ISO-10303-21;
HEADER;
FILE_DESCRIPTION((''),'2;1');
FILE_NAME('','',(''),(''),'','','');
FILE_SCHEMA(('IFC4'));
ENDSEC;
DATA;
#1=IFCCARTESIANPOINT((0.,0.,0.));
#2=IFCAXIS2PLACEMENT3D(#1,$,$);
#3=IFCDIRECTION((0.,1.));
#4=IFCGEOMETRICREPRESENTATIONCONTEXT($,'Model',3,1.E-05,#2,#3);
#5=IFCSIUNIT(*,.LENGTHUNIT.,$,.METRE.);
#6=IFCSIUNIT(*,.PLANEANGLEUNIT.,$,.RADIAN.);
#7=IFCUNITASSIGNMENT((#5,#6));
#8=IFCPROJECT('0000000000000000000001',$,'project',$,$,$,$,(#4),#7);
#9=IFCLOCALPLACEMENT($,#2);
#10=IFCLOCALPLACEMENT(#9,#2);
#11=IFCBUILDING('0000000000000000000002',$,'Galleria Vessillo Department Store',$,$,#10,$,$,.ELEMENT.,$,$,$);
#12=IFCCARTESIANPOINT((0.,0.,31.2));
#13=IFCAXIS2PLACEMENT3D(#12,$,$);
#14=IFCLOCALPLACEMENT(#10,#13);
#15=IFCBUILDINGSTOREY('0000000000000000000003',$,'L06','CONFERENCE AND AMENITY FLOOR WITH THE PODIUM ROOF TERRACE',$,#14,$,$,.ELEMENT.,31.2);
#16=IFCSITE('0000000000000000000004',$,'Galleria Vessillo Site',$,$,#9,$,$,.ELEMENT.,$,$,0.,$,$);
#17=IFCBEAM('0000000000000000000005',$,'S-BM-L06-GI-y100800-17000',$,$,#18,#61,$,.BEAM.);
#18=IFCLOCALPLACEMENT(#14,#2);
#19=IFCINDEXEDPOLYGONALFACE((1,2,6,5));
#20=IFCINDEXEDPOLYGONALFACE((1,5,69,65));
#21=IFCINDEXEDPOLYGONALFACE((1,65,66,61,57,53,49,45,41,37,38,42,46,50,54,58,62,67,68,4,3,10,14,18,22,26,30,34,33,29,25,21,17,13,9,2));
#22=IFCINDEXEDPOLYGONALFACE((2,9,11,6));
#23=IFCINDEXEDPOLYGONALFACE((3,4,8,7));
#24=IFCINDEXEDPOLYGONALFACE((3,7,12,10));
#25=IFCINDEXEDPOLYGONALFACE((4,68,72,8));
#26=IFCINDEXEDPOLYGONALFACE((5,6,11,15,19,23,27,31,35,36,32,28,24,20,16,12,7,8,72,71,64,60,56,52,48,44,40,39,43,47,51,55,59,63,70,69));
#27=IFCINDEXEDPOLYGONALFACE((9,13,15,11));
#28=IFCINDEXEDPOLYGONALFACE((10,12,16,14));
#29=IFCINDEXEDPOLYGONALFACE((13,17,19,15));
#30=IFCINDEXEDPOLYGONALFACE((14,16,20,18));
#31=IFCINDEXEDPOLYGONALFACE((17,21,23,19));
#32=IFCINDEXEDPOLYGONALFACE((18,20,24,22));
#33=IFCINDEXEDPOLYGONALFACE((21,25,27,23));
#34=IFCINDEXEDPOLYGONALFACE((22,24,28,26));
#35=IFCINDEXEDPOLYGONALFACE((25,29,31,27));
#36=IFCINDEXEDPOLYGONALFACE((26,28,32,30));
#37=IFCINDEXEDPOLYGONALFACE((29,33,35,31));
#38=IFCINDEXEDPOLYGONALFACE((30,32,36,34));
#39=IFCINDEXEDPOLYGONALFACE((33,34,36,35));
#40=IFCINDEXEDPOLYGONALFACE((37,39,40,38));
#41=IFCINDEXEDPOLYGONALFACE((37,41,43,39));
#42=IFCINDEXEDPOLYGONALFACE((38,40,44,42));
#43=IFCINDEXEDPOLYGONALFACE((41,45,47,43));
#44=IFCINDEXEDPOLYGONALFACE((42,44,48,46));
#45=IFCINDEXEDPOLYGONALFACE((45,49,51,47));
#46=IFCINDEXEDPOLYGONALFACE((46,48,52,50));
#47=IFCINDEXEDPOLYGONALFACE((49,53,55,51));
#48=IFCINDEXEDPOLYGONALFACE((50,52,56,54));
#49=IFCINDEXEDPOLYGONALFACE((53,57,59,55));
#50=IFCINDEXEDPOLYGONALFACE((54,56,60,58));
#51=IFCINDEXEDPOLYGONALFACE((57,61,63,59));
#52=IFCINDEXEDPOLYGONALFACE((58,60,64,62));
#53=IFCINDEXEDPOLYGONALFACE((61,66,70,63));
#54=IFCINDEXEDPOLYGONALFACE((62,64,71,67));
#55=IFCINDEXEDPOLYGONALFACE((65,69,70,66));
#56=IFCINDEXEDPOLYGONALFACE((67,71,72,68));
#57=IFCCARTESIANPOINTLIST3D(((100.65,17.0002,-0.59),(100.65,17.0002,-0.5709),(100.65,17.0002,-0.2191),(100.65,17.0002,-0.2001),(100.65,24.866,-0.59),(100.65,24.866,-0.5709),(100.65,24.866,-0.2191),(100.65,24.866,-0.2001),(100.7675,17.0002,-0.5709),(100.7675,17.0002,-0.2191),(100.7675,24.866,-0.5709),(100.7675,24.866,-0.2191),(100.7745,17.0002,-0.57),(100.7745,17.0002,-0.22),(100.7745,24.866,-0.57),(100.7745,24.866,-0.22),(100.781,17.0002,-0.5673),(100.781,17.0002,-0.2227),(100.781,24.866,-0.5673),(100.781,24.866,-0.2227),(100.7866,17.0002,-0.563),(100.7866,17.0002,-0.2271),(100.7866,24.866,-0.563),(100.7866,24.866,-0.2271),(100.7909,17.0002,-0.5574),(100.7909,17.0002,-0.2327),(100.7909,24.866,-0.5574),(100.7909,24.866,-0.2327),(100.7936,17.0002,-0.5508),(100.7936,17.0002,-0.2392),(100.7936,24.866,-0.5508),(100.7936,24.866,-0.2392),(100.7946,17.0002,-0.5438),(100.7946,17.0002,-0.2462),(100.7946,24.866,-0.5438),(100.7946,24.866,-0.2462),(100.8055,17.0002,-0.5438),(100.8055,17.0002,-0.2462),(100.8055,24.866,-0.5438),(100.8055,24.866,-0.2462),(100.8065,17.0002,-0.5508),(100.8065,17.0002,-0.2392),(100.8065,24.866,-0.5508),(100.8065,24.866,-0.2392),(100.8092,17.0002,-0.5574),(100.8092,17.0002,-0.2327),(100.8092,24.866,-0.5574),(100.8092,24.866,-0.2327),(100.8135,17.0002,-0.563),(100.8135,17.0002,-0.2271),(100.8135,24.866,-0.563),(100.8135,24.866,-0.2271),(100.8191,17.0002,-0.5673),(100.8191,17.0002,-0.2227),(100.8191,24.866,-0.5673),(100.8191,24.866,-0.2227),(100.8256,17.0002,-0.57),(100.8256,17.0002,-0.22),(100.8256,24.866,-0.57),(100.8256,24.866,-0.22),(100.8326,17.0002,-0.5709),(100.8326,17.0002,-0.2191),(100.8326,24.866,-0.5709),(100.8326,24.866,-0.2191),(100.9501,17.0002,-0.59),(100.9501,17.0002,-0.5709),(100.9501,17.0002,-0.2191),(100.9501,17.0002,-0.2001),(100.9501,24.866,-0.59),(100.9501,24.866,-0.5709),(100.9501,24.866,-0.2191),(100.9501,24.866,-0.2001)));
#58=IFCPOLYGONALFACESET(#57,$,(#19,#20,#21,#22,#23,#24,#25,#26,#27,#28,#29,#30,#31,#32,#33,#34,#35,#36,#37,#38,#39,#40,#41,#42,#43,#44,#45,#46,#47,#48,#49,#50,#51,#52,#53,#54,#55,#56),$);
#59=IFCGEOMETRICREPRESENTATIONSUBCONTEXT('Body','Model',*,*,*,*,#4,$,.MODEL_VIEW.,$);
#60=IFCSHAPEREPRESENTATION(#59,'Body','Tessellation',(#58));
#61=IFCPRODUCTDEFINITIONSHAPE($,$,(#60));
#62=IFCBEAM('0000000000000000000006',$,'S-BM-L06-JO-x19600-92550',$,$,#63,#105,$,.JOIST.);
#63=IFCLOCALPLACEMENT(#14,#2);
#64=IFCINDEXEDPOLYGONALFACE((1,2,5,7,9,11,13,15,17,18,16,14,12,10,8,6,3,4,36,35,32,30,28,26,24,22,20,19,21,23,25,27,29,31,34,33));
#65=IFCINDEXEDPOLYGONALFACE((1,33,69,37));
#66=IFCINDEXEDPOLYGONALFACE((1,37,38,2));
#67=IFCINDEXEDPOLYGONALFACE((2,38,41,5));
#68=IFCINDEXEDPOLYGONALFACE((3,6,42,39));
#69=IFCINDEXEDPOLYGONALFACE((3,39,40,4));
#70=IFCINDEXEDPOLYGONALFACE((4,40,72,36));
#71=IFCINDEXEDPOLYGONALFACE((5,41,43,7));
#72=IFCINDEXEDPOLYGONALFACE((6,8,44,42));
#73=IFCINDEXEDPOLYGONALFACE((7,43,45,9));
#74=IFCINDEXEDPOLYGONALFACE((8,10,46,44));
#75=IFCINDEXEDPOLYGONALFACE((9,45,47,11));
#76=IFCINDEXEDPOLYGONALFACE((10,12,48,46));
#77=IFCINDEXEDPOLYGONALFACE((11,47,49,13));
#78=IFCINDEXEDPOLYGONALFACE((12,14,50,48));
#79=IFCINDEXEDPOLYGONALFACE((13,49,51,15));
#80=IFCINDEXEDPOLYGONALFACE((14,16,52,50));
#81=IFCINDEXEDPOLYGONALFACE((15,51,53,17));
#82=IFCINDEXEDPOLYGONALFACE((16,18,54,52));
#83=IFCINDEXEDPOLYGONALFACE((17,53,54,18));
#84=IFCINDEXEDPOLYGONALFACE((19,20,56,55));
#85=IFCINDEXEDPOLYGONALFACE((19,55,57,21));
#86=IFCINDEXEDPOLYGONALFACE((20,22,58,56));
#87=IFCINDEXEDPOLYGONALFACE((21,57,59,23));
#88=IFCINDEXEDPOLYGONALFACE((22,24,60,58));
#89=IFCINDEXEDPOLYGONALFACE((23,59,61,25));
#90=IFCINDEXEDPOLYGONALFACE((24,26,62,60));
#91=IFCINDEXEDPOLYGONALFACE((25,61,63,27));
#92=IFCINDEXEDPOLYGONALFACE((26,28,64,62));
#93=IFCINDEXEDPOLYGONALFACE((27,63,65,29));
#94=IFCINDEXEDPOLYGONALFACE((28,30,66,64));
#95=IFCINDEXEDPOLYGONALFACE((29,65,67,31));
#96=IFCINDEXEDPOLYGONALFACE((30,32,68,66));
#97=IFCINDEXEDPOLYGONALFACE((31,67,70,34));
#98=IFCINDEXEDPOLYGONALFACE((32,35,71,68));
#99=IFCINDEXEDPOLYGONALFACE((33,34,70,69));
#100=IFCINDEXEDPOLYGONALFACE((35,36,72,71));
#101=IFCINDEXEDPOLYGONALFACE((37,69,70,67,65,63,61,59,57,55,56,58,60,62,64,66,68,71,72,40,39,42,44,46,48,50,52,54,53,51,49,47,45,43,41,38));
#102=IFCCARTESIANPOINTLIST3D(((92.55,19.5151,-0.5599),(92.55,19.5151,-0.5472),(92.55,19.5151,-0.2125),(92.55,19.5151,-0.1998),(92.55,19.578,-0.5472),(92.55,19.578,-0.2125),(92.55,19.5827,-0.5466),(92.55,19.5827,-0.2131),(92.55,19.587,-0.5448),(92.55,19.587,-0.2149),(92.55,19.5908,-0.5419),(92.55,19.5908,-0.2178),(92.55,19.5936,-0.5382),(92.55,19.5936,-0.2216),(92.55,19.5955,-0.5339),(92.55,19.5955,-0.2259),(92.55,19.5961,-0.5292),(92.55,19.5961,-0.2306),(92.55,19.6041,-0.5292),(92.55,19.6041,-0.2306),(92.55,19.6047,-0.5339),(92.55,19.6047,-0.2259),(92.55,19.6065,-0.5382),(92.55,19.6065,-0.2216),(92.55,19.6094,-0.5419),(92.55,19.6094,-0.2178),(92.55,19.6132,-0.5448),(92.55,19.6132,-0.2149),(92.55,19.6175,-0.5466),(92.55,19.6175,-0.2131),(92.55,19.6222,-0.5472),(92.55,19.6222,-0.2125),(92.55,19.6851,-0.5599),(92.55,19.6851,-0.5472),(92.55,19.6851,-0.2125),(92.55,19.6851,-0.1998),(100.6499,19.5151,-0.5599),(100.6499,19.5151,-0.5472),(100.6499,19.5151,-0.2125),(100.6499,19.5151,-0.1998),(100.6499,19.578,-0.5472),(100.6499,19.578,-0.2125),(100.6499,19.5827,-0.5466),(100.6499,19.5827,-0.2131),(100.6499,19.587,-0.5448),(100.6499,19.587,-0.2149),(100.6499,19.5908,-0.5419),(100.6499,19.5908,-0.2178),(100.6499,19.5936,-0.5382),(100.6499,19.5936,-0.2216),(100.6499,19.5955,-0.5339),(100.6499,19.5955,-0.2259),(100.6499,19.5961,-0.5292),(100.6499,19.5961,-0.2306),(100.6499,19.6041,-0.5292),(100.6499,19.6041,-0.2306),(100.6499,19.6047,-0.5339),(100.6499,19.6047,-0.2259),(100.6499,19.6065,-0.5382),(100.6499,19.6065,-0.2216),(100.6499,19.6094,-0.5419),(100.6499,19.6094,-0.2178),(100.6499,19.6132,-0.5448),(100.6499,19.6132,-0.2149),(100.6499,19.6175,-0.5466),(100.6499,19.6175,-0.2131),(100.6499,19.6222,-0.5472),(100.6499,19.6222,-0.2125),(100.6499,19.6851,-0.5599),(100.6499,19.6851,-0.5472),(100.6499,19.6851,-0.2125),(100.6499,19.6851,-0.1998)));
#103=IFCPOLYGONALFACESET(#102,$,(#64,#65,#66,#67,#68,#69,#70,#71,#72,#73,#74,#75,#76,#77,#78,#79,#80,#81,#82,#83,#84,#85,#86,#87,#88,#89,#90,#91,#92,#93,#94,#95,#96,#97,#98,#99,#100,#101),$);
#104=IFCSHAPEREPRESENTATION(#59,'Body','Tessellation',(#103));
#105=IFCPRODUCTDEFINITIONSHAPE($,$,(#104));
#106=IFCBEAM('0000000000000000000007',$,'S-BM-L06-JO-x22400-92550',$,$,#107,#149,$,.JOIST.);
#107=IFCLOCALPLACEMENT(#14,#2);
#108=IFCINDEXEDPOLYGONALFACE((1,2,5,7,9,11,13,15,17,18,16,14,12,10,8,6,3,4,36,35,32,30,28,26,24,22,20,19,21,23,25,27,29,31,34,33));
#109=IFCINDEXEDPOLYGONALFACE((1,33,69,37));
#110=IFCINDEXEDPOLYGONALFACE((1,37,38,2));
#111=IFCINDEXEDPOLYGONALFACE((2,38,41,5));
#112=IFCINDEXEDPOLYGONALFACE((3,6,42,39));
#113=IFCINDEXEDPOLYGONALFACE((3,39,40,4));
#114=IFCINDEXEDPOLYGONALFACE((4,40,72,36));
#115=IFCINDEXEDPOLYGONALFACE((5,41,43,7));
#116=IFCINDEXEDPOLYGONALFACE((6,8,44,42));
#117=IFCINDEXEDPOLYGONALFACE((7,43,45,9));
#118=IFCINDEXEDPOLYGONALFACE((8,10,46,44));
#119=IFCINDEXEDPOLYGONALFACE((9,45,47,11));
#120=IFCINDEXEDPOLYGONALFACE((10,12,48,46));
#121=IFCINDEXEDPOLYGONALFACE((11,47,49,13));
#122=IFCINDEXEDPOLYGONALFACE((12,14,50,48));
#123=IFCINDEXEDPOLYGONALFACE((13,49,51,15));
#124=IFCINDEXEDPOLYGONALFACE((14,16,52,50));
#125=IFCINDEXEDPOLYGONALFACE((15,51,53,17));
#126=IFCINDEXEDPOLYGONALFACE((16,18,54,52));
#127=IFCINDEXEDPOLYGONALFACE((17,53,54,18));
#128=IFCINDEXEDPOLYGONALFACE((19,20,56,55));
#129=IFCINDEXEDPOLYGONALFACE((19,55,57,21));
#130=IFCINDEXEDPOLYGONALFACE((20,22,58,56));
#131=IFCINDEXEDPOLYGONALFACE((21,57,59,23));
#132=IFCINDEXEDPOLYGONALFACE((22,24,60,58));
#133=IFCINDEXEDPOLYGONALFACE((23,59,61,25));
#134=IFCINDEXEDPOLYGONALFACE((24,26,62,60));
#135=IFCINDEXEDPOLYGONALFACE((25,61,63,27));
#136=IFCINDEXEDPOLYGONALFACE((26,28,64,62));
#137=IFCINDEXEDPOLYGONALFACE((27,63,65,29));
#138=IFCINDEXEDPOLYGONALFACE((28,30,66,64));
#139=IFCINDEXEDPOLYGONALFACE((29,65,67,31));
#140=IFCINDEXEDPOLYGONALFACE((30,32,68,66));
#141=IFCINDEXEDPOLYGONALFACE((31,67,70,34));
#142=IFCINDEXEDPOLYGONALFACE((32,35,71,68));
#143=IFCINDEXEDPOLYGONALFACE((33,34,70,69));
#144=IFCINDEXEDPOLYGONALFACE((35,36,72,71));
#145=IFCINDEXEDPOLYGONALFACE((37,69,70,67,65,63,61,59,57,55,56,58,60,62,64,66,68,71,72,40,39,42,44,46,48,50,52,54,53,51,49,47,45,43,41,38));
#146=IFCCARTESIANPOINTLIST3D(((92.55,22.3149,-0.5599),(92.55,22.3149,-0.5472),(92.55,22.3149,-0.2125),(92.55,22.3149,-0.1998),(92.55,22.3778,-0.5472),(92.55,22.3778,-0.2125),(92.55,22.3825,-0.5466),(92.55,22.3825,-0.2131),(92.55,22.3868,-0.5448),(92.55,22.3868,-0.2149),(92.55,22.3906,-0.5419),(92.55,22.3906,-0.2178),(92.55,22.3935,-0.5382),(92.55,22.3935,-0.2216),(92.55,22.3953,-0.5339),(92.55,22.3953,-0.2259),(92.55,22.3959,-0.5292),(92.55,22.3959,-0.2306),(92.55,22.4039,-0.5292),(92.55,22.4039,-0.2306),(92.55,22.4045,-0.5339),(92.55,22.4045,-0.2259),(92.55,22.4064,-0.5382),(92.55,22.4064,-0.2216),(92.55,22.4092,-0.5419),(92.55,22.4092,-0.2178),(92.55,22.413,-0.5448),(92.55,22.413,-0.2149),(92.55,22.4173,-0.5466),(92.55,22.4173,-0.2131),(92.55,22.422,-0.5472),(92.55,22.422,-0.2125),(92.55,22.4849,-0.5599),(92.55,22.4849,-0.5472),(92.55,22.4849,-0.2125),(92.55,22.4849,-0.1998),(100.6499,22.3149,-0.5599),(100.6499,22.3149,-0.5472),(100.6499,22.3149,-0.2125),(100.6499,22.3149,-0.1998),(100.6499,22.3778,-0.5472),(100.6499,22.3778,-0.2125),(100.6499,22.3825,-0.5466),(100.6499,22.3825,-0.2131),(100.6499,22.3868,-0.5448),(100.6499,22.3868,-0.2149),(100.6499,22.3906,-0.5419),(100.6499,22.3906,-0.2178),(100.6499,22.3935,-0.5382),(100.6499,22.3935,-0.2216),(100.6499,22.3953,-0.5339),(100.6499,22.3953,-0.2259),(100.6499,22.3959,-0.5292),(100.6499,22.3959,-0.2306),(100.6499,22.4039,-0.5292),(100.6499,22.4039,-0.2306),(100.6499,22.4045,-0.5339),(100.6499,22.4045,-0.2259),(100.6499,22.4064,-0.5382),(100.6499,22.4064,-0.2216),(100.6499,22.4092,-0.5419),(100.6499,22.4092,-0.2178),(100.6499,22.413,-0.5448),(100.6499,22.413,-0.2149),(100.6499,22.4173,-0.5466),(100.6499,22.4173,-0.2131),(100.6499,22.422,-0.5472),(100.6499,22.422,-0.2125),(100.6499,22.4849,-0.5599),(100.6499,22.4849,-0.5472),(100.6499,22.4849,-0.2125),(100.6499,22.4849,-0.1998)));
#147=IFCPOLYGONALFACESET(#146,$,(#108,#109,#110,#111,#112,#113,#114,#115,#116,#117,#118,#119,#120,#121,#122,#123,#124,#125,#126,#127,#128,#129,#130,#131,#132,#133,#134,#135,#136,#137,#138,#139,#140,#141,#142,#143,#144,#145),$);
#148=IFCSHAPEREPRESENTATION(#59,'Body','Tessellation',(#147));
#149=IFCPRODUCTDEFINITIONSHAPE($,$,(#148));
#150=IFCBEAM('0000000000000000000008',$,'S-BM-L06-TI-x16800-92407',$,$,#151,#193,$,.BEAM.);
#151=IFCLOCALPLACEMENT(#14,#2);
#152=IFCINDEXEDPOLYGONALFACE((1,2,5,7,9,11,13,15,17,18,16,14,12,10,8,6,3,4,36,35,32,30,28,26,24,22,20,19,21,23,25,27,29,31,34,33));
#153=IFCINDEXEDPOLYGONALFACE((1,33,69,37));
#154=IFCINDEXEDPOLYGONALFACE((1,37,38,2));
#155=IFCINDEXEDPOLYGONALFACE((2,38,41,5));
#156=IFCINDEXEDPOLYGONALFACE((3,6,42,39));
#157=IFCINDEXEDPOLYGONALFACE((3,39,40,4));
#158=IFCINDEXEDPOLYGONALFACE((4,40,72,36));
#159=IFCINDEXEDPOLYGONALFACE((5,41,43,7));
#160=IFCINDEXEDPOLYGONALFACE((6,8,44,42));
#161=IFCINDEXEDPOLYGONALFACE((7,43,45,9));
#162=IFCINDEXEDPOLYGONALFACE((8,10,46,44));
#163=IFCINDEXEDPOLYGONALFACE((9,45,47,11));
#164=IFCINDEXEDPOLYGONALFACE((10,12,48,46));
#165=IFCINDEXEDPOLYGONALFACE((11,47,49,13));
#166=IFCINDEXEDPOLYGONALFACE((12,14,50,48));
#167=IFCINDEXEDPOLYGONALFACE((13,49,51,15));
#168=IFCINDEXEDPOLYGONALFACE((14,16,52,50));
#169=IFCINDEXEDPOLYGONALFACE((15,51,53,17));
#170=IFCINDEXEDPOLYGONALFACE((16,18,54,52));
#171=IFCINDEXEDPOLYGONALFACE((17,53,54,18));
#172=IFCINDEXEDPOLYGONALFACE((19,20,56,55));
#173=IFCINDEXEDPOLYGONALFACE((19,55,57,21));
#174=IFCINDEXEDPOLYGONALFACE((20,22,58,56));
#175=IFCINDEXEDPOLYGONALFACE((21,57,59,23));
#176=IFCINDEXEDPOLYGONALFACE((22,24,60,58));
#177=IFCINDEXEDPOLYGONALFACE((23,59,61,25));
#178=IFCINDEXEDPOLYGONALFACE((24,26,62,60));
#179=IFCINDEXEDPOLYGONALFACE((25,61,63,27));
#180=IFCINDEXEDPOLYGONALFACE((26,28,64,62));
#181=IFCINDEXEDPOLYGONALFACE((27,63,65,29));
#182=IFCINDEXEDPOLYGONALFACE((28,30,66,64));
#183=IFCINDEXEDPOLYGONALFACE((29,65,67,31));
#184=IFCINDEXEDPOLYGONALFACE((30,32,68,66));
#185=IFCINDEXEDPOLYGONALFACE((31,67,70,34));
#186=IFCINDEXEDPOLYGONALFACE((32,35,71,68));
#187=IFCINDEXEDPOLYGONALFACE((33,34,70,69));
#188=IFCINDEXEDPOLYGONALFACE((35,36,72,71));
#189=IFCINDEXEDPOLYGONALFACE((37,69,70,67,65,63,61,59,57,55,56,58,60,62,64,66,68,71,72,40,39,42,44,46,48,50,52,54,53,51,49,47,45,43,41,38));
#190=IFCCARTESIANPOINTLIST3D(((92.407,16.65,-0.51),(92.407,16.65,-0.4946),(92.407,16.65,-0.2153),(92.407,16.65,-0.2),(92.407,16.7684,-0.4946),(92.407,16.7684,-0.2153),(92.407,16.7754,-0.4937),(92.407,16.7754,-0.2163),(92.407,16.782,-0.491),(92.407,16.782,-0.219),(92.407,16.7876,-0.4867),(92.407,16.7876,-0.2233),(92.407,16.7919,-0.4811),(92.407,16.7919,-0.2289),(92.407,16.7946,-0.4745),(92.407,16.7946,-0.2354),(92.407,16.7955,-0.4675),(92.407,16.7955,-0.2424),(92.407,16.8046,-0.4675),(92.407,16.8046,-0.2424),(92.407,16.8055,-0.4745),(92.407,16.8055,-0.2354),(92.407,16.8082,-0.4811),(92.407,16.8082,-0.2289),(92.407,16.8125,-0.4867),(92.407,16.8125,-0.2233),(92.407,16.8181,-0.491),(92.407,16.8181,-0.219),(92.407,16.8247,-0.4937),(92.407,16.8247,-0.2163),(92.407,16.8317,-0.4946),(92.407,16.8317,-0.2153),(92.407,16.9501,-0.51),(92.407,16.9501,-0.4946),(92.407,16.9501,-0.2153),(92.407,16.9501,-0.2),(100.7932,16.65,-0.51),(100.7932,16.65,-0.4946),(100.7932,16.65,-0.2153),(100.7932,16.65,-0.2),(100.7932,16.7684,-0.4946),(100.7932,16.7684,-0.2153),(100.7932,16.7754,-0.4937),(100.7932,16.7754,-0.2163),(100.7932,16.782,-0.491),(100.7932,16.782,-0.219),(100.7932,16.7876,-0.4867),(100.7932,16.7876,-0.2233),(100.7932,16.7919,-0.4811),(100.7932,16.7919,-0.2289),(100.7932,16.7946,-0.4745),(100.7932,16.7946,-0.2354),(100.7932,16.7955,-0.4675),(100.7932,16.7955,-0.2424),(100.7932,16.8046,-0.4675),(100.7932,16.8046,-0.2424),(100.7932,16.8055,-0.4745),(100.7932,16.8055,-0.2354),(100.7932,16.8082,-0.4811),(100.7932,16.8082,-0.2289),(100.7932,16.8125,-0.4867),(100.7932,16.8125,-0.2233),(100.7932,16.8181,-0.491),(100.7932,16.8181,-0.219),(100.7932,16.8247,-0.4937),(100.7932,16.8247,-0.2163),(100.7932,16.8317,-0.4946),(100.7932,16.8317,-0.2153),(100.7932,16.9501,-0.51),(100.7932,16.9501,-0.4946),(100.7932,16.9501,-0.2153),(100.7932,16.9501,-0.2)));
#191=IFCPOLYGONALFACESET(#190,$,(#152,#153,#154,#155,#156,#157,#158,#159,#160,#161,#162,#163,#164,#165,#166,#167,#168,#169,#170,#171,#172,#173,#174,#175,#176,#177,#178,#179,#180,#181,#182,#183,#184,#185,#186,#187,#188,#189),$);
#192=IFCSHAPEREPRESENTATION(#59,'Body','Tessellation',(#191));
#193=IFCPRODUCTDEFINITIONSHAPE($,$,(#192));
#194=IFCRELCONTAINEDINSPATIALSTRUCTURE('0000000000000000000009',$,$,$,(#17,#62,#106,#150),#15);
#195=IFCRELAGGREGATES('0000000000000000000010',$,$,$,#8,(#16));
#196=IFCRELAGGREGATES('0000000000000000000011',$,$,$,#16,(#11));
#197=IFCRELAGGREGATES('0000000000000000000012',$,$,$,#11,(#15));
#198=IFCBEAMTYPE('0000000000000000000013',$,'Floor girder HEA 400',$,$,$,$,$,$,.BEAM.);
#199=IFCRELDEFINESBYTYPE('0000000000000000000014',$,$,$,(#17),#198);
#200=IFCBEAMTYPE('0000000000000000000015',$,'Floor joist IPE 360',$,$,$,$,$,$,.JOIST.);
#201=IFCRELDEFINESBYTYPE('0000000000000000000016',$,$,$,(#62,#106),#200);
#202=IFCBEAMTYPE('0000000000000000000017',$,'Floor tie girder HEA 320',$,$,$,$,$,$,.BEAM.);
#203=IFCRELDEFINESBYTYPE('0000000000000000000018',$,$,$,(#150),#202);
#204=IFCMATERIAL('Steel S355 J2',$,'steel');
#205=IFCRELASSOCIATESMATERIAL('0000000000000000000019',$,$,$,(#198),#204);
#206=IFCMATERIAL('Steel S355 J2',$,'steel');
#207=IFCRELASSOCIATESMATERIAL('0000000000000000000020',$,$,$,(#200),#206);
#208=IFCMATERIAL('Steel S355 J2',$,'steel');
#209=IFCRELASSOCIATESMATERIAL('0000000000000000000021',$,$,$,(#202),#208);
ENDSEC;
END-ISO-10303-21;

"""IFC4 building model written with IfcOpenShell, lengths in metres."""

from ifc_helpers import new_model, si_unit, direction, frame, origin, origin_2d, place, context, subcontext, project, spatial, i_section, extrude, material, material_profile, profile_set, type_object, element, save


model = new_model("IFC4")

# Units and contexts
model_context = context("Model", 3, precision=1e-05, world=origin(), true_north=direction((0.0, 1.0)))
body_context = subcontext(model_context, "Body", "Model", "MODEL_VIEW")
ifc_project = project(units=[si_unit("LENGTHUNIT", "METRE"), si_unit("PLANEANGLEUNIT", "RADIAN")], contexts=[model_context])

# Site, building, storey
site_placement = place(None, origin())
site = spatial("IfcSite", under=ifc_project, at=site_placement, Name="Galleria Vessillo Site", CompositionType="ELEMENT", RefElevation=0.0)
building_placement = place(site_placement, origin())
building = spatial("IfcBuilding", under=site, at=building_placement, Name="Galleria Vessillo Department Store", CompositionType="ELEMENT")
storey_placement = place(building_placement, frame((0.0, 0.0, 31.2)))
storey = spatial("IfcBuildingStorey", under=building, at=storey_placement, Name="L06", Description="CONFERENCE AND AMENITY FLOOR WITH THE PODIUM ROOF TERRACE", CompositionType="ELEMENT", Elevation=31.2)

# Beams
ifc_material_1 = material(Name="Steel S355 J2", Category="steel")
ifc_material_profile_1 = material_profile(ifc_material_1, i_section(OverallWidth=0.3, OverallDepth=0.3899, WebThickness=0.011, FlangeThickness=0.019, FilletRadius=0.0271, at=origin_2d()), Name="HEA 400")
ifc_profile_set_1 = profile_set([ifc_material_profile_1], Name="Steel S355 J2")
beam_type_1 = type_object("IfcBeamType", Name="Floor girder HEA 400", PredefinedType="BEAM", material=ifc_profile_set_1)
beam_1_placement = place(storey_placement, frame((100.8, 17.0002, -0.395), z_axis=(0.0, 1.0, 0.0), x_axis=(-1.0, 0.0, 0.0)))
element("IfcBeam", 1, at=beam_1_placement, inside=storey, type_object=beam_type_1, Name="S-BM-L06-GI-y100800-17000", PredefinedType="BEAM", context=body_context, shape_type="SweptSolid", body=[
    extrude(i_section(OverallWidth=0.3, OverallDepth=0.3899, WebThickness=0.011, FlangeThickness=0.019, FilletRadius=0.0271, at=origin_2d()), origin(), (0.0, 0.0, 1.0), 7.8657),
])
ifc_material_2 = material(Name="Steel S355 J2", Category="steel")
ifc_material_profile_2 = material_profile(ifc_material_2, i_section(OverallWidth=0.1699, OverallDepth=0.3601, WebThickness=0.0081, FlangeThickness=0.0127, FilletRadius=0.0181, at=origin_2d()), Name="IPE 360")
ifc_profile_set_2 = profile_set([ifc_material_profile_2], Name="Steel S355 J2")
beam_type_2 = type_object("IfcBeamType", Name="Floor joist IPE 360", PredefinedType="JOIST", material=ifc_profile_set_2)
for number, where, z_axis, x_axis, name in (
    (2, (92.55, 19.6001, -0.3799), (1.0, 0.0, 0.0), (0.0, 1.0, 0.0), "S-BM-L06-JO-x19600-92550"),
    (3, (92.55, 22.3999, -0.3799), (1.0, 0.0, 0.0), (0.0, 1.0, 0.0), "S-BM-L06-JO-x22400-92550"),
):
    element("IfcBeam", number, at=place(storey_placement, frame(where, z_axis=z_axis, x_axis=x_axis)), inside=storey, type_object=beam_type_2, Name=name, PredefinedType="JOIST", context=body_context, shape_type="SweptSolid", body=[
        extrude(i_section(OverallWidth=0.1699, OverallDepth=0.3601, WebThickness=0.0081, FlangeThickness=0.0127, FilletRadius=0.0181, at=origin_2d()), origin(), (0.0, 0.0, 1.0), 8.0999),
    ])
ifc_material_3 = material(Name="Steel S355 J2", Category="steel")
ifc_material_profile_3 = material_profile(ifc_material_3, i_section(OverallWidth=0.3, OverallDepth=0.3101, WebThickness=0.009, FlangeThickness=0.0154, FilletRadius=0.0271, at=origin_2d()), Name="HEA 320")
ifc_profile_set_3 = profile_set([ifc_material_profile_3], Name="Steel S355 J2")
beam_type_3 = type_object("IfcBeamType", Name="Floor tie girder HEA 320", PredefinedType="BEAM", material=ifc_profile_set_3)
beam_2_placement = place(storey_placement, frame((92.407, 16.8, -0.355), z_axis=(1.0, 0.0, 0.0), x_axis=(0.0, 1.0, 0.0)))
element("IfcBeam", 4, at=beam_2_placement, inside=storey, type_object=beam_type_3, Name="S-BM-L06-TI-x16800-92407", PredefinedType="BEAM", context=body_context, shape_type="SweptSolid", body=[
    extrude(i_section(OverallWidth=0.3, OverallDepth=0.3101, WebThickness=0.009, FlangeThickness=0.0154, FilletRadius=0.0271, at=origin_2d()), origin(), (0.0, 0.0, 1.0), 8.3862),
])

save(model, "model.ifc")
